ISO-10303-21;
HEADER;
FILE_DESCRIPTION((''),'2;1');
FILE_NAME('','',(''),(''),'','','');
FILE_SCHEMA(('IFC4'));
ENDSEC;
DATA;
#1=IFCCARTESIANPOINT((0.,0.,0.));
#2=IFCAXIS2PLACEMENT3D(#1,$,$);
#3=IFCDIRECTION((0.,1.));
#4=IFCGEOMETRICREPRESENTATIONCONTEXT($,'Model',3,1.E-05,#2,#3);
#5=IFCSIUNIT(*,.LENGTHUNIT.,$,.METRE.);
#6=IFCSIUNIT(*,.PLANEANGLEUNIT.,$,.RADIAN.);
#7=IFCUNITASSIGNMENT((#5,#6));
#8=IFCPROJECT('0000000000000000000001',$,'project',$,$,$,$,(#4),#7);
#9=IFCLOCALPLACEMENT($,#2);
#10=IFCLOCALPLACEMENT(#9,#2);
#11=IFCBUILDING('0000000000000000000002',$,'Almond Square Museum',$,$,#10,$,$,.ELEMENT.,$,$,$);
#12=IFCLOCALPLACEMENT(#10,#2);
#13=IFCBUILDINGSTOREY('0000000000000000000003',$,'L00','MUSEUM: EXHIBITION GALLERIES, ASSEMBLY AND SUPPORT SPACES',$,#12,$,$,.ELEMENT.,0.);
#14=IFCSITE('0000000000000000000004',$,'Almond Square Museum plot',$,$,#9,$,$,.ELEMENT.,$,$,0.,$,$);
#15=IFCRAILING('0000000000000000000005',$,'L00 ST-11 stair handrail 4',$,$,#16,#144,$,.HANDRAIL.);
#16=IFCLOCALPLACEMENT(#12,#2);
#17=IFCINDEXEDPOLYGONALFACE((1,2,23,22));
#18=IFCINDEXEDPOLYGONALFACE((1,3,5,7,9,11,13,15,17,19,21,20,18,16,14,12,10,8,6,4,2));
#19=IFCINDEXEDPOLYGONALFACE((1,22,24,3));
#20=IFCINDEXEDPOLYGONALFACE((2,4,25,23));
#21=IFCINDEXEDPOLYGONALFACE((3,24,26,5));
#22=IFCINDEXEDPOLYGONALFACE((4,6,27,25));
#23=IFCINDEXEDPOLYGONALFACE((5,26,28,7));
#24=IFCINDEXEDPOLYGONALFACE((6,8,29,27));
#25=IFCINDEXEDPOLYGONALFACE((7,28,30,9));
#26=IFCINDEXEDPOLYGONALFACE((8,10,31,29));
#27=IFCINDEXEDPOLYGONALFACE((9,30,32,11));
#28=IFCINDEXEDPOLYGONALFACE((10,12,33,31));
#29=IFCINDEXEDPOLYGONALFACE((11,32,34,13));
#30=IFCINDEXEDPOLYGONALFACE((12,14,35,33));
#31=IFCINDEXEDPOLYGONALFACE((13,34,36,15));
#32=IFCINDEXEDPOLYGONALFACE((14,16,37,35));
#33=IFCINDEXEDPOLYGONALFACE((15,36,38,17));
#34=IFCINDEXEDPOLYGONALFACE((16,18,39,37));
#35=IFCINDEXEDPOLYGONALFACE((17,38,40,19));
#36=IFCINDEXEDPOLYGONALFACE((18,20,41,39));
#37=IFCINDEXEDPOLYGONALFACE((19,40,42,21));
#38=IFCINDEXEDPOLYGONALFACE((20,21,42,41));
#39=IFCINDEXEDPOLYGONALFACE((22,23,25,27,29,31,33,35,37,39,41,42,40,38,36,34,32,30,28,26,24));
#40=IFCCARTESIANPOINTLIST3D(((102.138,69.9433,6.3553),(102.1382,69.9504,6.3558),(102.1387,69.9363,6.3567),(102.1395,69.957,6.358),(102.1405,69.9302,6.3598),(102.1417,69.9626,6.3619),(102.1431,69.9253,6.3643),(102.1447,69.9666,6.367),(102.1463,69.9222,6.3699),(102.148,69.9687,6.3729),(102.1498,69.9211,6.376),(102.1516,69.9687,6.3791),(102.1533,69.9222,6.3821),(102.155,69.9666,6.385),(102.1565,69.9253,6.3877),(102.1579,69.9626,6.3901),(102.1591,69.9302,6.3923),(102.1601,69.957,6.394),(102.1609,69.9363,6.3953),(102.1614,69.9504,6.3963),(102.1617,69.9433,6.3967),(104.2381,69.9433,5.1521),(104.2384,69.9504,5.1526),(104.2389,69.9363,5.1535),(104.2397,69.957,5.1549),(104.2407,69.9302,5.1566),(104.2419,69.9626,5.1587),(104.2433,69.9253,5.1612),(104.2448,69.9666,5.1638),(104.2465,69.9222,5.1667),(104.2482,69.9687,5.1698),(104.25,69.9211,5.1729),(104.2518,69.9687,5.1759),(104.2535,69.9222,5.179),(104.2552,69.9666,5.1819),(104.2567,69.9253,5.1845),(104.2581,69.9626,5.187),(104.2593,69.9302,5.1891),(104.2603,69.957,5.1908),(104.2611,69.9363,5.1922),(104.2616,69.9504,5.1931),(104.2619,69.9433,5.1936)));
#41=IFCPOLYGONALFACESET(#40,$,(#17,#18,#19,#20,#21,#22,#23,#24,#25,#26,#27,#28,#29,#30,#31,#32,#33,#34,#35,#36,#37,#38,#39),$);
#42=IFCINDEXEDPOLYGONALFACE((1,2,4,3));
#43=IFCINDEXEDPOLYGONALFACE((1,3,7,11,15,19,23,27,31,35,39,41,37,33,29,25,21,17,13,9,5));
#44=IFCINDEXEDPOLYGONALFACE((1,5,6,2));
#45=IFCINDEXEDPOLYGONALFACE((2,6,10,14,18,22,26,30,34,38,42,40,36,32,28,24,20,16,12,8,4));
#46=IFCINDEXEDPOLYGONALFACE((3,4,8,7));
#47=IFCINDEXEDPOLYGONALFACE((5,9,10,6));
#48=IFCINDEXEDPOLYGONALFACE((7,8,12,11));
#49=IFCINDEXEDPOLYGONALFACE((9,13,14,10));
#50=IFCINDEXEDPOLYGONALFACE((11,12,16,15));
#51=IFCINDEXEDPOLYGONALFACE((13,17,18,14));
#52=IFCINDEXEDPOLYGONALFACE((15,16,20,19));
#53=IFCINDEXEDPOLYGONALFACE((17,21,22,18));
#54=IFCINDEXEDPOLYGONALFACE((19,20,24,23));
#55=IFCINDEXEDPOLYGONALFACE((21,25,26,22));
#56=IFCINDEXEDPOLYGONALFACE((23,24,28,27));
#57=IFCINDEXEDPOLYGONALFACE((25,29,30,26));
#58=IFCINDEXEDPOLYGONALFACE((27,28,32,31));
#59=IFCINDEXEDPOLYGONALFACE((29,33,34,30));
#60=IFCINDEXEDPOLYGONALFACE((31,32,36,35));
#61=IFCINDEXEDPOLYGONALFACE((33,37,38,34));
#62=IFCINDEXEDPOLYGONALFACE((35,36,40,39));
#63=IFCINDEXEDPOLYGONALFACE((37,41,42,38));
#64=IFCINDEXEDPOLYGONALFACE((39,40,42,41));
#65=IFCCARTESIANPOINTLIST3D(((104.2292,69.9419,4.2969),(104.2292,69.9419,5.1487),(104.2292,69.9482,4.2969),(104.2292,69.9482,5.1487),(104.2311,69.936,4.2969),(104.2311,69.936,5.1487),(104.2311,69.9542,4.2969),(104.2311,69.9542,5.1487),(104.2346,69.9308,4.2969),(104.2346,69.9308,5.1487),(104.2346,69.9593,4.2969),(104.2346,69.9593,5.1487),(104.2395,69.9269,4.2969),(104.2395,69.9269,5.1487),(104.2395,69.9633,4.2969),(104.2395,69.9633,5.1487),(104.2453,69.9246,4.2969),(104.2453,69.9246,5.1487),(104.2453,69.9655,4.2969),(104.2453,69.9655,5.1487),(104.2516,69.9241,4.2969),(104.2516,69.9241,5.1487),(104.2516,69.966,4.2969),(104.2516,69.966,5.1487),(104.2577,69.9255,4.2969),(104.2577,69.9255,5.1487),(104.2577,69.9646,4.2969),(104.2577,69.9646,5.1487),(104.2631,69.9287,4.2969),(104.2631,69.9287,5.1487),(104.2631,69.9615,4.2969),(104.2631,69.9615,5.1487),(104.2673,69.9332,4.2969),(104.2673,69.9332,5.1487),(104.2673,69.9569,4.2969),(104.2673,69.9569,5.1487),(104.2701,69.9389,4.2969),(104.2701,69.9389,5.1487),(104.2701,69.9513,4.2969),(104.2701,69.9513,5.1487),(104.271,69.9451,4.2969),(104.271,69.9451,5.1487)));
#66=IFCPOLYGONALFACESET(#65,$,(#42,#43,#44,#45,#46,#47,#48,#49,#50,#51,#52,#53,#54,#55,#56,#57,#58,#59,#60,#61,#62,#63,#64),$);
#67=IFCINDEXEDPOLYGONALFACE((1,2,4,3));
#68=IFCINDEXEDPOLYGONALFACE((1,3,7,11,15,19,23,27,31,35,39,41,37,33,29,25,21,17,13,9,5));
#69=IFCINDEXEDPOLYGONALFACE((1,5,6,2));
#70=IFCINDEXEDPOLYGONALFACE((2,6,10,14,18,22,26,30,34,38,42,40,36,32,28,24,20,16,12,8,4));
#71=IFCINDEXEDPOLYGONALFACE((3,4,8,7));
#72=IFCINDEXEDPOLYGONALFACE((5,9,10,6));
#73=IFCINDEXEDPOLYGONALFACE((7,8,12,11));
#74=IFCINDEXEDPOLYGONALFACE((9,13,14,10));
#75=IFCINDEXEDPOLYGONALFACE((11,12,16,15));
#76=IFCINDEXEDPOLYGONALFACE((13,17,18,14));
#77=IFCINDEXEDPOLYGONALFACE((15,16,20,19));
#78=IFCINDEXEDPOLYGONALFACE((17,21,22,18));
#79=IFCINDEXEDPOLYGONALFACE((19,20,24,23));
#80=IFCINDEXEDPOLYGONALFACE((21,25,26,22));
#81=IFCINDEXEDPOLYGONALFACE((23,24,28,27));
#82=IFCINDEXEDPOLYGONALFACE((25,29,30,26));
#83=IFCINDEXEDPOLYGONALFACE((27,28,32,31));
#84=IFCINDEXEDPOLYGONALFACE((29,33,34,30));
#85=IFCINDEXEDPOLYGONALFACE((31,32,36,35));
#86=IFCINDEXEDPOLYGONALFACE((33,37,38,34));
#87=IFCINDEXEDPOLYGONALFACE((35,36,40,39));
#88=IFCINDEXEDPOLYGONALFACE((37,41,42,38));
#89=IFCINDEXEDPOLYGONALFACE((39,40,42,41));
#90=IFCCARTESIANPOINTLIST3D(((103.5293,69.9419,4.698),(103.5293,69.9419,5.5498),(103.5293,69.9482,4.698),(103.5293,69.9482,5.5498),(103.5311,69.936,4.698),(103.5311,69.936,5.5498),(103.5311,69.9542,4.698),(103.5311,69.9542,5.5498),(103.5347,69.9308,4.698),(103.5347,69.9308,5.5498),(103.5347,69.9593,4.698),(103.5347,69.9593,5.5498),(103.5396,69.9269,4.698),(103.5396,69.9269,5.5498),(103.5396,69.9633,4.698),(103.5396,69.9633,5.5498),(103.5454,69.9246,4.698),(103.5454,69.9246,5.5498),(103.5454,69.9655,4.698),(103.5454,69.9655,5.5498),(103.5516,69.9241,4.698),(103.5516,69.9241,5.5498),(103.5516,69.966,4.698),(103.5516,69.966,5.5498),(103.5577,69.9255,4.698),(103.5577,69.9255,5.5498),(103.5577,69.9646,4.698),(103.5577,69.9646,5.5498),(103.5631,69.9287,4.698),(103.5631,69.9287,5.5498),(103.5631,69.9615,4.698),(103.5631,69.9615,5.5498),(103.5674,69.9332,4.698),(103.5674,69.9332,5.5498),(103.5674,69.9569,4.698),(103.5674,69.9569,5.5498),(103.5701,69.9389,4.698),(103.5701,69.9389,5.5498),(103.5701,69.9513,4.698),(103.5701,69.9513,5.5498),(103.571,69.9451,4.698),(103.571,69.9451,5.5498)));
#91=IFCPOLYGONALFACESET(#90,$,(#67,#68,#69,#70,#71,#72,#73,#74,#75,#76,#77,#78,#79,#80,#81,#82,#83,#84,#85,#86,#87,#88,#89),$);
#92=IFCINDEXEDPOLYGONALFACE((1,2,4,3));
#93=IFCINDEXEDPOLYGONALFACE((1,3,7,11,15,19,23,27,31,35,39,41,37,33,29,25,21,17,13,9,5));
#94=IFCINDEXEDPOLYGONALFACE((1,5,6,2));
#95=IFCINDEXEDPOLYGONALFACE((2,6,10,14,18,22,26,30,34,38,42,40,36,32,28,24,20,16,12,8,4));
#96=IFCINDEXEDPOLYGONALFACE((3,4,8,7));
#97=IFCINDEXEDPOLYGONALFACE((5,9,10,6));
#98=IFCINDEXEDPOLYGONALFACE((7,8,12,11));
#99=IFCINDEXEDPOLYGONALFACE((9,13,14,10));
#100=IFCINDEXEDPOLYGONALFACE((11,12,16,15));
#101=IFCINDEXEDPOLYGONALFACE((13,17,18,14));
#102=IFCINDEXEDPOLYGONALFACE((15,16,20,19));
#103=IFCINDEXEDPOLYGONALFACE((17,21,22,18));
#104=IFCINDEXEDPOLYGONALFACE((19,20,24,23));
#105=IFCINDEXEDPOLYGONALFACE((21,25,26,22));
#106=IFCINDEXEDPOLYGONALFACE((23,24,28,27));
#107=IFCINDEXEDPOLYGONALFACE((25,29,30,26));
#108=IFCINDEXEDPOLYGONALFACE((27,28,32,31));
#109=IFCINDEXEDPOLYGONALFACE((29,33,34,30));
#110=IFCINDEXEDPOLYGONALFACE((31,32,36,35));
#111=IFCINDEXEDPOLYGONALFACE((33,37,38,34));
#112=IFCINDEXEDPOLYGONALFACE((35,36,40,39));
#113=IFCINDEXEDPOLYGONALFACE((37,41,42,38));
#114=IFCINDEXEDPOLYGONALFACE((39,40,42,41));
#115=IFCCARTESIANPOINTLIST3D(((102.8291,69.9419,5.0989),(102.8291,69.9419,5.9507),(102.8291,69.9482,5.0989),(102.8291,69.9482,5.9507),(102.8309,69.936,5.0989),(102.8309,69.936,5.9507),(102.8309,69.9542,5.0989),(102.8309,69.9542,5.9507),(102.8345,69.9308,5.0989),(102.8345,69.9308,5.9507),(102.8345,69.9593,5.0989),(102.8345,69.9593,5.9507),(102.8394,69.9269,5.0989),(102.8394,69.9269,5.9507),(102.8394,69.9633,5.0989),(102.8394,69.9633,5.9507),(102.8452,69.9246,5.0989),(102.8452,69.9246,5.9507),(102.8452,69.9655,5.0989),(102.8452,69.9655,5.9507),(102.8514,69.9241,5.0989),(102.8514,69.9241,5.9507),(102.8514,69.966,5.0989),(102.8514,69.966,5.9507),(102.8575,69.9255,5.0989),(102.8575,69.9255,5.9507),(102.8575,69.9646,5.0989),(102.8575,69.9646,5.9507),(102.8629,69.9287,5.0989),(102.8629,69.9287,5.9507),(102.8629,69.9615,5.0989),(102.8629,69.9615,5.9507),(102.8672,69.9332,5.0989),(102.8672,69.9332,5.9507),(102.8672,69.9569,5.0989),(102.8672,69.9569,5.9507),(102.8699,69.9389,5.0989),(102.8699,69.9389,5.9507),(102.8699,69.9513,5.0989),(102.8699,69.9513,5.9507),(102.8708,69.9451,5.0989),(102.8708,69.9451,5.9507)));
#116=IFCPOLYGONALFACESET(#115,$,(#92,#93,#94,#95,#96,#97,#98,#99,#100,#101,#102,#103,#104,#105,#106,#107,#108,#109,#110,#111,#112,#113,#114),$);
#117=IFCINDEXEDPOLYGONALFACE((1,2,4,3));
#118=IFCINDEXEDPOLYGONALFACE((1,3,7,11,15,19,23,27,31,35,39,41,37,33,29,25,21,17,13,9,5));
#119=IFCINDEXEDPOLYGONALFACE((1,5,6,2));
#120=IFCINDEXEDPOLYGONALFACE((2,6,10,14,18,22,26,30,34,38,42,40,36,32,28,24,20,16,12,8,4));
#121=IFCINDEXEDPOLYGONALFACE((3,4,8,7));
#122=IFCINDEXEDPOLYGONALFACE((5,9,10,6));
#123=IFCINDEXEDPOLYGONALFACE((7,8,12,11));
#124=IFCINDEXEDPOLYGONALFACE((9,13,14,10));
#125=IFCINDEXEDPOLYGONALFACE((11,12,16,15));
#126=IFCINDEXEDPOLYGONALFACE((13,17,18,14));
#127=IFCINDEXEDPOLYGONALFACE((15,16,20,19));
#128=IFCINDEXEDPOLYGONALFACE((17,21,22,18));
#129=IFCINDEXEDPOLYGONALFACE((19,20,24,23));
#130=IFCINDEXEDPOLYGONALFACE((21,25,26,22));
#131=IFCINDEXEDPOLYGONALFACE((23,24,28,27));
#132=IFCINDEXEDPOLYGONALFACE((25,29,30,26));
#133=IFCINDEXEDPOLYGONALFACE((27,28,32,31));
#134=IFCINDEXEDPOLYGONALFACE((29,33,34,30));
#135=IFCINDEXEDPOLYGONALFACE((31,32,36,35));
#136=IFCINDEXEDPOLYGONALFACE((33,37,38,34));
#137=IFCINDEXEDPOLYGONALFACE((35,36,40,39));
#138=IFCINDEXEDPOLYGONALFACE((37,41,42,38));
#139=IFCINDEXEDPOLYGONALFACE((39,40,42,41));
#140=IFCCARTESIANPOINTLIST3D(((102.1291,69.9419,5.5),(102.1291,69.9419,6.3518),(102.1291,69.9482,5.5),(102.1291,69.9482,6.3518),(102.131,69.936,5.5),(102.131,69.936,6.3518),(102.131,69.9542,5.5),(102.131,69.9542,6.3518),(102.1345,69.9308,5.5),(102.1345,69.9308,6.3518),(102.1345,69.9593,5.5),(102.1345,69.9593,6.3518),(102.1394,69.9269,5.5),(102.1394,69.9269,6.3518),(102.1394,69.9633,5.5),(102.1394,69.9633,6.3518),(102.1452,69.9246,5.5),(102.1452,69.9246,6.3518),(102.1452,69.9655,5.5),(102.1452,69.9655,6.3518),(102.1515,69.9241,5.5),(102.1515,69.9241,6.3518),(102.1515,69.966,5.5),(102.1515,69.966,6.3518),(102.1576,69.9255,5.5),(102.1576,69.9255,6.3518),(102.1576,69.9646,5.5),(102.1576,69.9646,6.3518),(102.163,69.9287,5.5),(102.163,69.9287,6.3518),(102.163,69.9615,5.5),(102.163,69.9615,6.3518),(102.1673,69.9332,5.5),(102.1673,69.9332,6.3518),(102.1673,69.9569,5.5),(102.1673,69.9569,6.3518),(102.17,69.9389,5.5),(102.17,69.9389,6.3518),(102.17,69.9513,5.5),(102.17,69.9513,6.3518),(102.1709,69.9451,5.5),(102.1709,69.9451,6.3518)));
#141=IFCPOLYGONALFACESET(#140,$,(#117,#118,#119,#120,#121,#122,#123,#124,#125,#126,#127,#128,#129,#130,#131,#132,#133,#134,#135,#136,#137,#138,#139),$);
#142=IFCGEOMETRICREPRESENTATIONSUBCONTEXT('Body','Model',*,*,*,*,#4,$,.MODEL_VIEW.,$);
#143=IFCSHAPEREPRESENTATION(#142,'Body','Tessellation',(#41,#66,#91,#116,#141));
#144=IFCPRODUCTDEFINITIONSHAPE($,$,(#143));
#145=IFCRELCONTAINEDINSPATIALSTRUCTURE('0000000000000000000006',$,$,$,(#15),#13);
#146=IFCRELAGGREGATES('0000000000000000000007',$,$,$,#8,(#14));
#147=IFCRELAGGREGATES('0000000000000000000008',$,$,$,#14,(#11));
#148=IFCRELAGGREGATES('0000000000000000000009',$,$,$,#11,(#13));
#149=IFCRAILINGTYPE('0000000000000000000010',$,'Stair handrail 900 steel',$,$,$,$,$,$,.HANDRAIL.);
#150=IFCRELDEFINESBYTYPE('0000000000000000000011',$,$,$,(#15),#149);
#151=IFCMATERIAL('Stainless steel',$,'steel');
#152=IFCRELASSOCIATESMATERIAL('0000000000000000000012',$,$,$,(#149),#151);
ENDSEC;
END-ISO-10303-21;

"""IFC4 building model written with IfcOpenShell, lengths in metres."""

from ifc_helpers import new_model, si_unit, direction, frame, origin, origin_2d, place, context, subcontext, project, spatial, circle, extrude, material, type_object, element, save


model = new_model("IFC4")

# Units and contexts
model_context = context("Model", 3, precision=1e-05, world=origin(), true_north=direction((0.0, 1.0)))
body_context = subcontext(model_context, "Body", "Model", "MODEL_VIEW")
ifc_project = project(units=[si_unit("LENGTHUNIT", "METRE"), si_unit("PLANEANGLEUNIT", "RADIAN")], contexts=[model_context])

# Site, building, storey
site_placement = place(None, origin())
site = spatial("IfcSite", under=ifc_project, at=site_placement, Name="Almond Square Museum plot", CompositionType="ELEMENT", RefElevation=0.0)
building_placement = place(site_placement, origin())
building = spatial("IfcBuilding", under=site, at=building_placement, Name="Almond Square Museum", CompositionType="ELEMENT")
storey_placement = place(building_placement, origin())
storey = spatial("IfcBuildingStorey", under=building, at=storey_placement, Name="L00", Description="MUSEUM: EXHIBITION GALLERIES, ASSEMBLY AND SUPPORT SPACES", CompositionType="ELEMENT", Elevation=0.0)

# Railing
ifc_material_1 = material(Name="Stainless steel", Category="steel")
railing_type_1 = type_object("IfcRailingType", Name="Stair handrail 900 steel", PredefinedType="HANDRAIL", material=ifc_material_1)
for number, where, name in (
    (1, (104.25, 69.9451, 4.2969), "L00 ST-11 stair handrail 4"),
):
    element("IfcRailing", number, at=place(storey_placement, frame(where)), inside=storey, type_object=railing_type_1, Name=name, PredefinedType="HANDRAIL", context=body_context, shape_type="SweptSolid", body=[
        extrude(circle(Radius=0.0239, at=origin_2d()), frame((0.0, 0.0, 0.876), z_axis=(-0.867696, 0.0, 0.497095), x_axis=(0.0, -1.0, 0.0)), (0.0, 0.0, 1.0), 2.4204),
        extrude(circle(Radius=0.021, at=origin_2d()), origin(), (0.0, 0.0, 1.0), 0.8518),
        extrude(circle(Radius=0.021, at=origin_2d()), frame((-0.7, 0.0, 0.4011)), (0.0, 0.0, 1.0), 0.8518),
        extrude(circle(Radius=0.021, at=origin_2d()), frame((-1.4001, 0.0, 0.802)), (0.0, 0.0, 1.0), 0.8518),
        extrude(circle(Radius=0.021, at=origin_2d()), frame((-2.1001, 0.0, 1.2031)), (0.0, 0.0, 1.0), 0.8518),
    ])

save(model, "model.ifc")
